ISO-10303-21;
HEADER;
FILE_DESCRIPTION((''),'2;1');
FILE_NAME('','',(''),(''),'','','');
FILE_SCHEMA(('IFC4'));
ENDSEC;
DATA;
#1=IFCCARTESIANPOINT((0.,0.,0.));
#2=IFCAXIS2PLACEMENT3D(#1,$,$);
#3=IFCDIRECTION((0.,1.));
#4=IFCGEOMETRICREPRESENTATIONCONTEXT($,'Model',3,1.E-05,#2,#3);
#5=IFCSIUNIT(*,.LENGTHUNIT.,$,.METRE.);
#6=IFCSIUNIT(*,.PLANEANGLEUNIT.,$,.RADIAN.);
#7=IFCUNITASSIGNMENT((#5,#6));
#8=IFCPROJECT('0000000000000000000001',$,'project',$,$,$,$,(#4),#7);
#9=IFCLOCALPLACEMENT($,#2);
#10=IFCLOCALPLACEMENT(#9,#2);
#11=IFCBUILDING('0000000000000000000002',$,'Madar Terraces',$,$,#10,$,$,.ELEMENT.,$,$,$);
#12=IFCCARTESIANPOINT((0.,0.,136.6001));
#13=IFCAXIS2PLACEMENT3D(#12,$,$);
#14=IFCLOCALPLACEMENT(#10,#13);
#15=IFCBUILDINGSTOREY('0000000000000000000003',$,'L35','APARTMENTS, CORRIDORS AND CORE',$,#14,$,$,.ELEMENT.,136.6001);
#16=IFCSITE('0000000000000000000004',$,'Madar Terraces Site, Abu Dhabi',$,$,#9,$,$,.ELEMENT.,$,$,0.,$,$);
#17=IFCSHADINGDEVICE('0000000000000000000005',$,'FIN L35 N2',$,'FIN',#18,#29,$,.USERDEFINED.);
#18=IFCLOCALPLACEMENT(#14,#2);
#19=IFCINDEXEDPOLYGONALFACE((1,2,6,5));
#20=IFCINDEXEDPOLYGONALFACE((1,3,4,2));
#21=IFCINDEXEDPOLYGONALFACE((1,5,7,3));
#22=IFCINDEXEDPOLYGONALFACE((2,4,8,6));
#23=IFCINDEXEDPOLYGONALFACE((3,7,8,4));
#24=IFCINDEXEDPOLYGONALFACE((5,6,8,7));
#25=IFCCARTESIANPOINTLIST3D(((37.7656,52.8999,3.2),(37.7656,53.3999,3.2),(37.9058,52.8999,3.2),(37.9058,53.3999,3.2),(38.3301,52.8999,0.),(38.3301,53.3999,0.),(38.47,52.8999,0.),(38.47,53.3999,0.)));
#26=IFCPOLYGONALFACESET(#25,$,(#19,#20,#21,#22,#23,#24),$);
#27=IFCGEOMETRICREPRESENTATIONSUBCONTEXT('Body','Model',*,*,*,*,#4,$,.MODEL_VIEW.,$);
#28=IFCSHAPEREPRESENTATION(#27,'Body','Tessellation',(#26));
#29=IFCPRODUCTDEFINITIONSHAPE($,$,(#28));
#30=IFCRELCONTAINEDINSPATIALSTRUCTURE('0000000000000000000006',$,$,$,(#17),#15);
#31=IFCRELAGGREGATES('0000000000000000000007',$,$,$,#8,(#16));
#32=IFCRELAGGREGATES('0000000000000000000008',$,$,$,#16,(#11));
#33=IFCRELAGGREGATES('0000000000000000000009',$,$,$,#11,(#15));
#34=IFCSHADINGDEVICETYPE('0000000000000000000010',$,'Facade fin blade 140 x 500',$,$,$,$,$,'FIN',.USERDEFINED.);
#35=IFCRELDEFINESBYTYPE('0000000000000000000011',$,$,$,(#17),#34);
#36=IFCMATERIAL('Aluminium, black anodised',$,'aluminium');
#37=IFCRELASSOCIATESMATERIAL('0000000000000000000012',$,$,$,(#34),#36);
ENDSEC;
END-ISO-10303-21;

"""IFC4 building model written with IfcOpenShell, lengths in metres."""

from ifc_helpers import new_model, si_unit, direction, frame, origin, place, context, subcontext, project, spatial, polyline, outline, extrude, material, type_object, element, save


model = new_model("IFC4")

# Units and contexts
model_context = context("Model", 3, precision=1e-05, world=origin(), true_north=direction((0.0, 1.0)))
body_context = subcontext(model_context, "Body", "Model", "MODEL_VIEW")
ifc_project = project(units=[si_unit("LENGTHUNIT", "METRE"), si_unit("PLANEANGLEUNIT", "RADIAN")], contexts=[model_context])

# Site, building, storey
site_placement = place(None, origin())
site = spatial("IfcSite", under=ifc_project, at=site_placement, Name="Madar Terraces Site, Abu Dhabi", CompositionType="ELEMENT", RefElevation=0.0)
building_placement = place(site_placement, origin())
building = spatial("IfcBuilding", under=site, at=building_placement, Name="Madar Terraces", CompositionType="ELEMENT")
storey_placement = place(building_placement, frame((0.0, 0.0, 136.6001)))
storey = spatial("IfcBuildingStorey", under=building, at=storey_placement, Name="L35", Description="APARTMENTS, CORRIDORS AND CORE", CompositionType="ELEMENT", Elevation=136.6001)

# Shading device
ifc_material_1 = material(Name="Aluminium, black anodised", Category="aluminium")
shading_device_type = type_object("IfcShadingDeviceType", Name="Facade fin blade 140 x 500", ElementType="FIN", PredefinedType="USERDEFINED", material=ifc_material_1)
shading_device_1_placement = place(storey_placement, frame((38.47, 53.1499, 0.0), z_axis=(0.0, 0.0, 1.0), x_axis=(-1.0, 0.0, 0.0)))
element("IfcShadingDevice", 1, at=shading_device_1_placement, inside=storey, type_object=shading_device_type, Name="FIN L35 N2", ObjectType="FIN", PredefinedType="USERDEFINED", context=body_context, shape_type="SweptSolid", body=[
    extrude(outline(polyline([(0.0, 0.0), (0.1399, 0.0), (0.7043, 3.2), (0.5642, 3.2), (0.0, 0.0)])), frame((0.0, 0.25, 0.0), z_axis=(0.0, -1.0, 0.0), x_axis=(1.0, 0.0, 0.0)), (0.0, 0.0, 1.0), 0.5),
])

save(model, "model.ifc")
